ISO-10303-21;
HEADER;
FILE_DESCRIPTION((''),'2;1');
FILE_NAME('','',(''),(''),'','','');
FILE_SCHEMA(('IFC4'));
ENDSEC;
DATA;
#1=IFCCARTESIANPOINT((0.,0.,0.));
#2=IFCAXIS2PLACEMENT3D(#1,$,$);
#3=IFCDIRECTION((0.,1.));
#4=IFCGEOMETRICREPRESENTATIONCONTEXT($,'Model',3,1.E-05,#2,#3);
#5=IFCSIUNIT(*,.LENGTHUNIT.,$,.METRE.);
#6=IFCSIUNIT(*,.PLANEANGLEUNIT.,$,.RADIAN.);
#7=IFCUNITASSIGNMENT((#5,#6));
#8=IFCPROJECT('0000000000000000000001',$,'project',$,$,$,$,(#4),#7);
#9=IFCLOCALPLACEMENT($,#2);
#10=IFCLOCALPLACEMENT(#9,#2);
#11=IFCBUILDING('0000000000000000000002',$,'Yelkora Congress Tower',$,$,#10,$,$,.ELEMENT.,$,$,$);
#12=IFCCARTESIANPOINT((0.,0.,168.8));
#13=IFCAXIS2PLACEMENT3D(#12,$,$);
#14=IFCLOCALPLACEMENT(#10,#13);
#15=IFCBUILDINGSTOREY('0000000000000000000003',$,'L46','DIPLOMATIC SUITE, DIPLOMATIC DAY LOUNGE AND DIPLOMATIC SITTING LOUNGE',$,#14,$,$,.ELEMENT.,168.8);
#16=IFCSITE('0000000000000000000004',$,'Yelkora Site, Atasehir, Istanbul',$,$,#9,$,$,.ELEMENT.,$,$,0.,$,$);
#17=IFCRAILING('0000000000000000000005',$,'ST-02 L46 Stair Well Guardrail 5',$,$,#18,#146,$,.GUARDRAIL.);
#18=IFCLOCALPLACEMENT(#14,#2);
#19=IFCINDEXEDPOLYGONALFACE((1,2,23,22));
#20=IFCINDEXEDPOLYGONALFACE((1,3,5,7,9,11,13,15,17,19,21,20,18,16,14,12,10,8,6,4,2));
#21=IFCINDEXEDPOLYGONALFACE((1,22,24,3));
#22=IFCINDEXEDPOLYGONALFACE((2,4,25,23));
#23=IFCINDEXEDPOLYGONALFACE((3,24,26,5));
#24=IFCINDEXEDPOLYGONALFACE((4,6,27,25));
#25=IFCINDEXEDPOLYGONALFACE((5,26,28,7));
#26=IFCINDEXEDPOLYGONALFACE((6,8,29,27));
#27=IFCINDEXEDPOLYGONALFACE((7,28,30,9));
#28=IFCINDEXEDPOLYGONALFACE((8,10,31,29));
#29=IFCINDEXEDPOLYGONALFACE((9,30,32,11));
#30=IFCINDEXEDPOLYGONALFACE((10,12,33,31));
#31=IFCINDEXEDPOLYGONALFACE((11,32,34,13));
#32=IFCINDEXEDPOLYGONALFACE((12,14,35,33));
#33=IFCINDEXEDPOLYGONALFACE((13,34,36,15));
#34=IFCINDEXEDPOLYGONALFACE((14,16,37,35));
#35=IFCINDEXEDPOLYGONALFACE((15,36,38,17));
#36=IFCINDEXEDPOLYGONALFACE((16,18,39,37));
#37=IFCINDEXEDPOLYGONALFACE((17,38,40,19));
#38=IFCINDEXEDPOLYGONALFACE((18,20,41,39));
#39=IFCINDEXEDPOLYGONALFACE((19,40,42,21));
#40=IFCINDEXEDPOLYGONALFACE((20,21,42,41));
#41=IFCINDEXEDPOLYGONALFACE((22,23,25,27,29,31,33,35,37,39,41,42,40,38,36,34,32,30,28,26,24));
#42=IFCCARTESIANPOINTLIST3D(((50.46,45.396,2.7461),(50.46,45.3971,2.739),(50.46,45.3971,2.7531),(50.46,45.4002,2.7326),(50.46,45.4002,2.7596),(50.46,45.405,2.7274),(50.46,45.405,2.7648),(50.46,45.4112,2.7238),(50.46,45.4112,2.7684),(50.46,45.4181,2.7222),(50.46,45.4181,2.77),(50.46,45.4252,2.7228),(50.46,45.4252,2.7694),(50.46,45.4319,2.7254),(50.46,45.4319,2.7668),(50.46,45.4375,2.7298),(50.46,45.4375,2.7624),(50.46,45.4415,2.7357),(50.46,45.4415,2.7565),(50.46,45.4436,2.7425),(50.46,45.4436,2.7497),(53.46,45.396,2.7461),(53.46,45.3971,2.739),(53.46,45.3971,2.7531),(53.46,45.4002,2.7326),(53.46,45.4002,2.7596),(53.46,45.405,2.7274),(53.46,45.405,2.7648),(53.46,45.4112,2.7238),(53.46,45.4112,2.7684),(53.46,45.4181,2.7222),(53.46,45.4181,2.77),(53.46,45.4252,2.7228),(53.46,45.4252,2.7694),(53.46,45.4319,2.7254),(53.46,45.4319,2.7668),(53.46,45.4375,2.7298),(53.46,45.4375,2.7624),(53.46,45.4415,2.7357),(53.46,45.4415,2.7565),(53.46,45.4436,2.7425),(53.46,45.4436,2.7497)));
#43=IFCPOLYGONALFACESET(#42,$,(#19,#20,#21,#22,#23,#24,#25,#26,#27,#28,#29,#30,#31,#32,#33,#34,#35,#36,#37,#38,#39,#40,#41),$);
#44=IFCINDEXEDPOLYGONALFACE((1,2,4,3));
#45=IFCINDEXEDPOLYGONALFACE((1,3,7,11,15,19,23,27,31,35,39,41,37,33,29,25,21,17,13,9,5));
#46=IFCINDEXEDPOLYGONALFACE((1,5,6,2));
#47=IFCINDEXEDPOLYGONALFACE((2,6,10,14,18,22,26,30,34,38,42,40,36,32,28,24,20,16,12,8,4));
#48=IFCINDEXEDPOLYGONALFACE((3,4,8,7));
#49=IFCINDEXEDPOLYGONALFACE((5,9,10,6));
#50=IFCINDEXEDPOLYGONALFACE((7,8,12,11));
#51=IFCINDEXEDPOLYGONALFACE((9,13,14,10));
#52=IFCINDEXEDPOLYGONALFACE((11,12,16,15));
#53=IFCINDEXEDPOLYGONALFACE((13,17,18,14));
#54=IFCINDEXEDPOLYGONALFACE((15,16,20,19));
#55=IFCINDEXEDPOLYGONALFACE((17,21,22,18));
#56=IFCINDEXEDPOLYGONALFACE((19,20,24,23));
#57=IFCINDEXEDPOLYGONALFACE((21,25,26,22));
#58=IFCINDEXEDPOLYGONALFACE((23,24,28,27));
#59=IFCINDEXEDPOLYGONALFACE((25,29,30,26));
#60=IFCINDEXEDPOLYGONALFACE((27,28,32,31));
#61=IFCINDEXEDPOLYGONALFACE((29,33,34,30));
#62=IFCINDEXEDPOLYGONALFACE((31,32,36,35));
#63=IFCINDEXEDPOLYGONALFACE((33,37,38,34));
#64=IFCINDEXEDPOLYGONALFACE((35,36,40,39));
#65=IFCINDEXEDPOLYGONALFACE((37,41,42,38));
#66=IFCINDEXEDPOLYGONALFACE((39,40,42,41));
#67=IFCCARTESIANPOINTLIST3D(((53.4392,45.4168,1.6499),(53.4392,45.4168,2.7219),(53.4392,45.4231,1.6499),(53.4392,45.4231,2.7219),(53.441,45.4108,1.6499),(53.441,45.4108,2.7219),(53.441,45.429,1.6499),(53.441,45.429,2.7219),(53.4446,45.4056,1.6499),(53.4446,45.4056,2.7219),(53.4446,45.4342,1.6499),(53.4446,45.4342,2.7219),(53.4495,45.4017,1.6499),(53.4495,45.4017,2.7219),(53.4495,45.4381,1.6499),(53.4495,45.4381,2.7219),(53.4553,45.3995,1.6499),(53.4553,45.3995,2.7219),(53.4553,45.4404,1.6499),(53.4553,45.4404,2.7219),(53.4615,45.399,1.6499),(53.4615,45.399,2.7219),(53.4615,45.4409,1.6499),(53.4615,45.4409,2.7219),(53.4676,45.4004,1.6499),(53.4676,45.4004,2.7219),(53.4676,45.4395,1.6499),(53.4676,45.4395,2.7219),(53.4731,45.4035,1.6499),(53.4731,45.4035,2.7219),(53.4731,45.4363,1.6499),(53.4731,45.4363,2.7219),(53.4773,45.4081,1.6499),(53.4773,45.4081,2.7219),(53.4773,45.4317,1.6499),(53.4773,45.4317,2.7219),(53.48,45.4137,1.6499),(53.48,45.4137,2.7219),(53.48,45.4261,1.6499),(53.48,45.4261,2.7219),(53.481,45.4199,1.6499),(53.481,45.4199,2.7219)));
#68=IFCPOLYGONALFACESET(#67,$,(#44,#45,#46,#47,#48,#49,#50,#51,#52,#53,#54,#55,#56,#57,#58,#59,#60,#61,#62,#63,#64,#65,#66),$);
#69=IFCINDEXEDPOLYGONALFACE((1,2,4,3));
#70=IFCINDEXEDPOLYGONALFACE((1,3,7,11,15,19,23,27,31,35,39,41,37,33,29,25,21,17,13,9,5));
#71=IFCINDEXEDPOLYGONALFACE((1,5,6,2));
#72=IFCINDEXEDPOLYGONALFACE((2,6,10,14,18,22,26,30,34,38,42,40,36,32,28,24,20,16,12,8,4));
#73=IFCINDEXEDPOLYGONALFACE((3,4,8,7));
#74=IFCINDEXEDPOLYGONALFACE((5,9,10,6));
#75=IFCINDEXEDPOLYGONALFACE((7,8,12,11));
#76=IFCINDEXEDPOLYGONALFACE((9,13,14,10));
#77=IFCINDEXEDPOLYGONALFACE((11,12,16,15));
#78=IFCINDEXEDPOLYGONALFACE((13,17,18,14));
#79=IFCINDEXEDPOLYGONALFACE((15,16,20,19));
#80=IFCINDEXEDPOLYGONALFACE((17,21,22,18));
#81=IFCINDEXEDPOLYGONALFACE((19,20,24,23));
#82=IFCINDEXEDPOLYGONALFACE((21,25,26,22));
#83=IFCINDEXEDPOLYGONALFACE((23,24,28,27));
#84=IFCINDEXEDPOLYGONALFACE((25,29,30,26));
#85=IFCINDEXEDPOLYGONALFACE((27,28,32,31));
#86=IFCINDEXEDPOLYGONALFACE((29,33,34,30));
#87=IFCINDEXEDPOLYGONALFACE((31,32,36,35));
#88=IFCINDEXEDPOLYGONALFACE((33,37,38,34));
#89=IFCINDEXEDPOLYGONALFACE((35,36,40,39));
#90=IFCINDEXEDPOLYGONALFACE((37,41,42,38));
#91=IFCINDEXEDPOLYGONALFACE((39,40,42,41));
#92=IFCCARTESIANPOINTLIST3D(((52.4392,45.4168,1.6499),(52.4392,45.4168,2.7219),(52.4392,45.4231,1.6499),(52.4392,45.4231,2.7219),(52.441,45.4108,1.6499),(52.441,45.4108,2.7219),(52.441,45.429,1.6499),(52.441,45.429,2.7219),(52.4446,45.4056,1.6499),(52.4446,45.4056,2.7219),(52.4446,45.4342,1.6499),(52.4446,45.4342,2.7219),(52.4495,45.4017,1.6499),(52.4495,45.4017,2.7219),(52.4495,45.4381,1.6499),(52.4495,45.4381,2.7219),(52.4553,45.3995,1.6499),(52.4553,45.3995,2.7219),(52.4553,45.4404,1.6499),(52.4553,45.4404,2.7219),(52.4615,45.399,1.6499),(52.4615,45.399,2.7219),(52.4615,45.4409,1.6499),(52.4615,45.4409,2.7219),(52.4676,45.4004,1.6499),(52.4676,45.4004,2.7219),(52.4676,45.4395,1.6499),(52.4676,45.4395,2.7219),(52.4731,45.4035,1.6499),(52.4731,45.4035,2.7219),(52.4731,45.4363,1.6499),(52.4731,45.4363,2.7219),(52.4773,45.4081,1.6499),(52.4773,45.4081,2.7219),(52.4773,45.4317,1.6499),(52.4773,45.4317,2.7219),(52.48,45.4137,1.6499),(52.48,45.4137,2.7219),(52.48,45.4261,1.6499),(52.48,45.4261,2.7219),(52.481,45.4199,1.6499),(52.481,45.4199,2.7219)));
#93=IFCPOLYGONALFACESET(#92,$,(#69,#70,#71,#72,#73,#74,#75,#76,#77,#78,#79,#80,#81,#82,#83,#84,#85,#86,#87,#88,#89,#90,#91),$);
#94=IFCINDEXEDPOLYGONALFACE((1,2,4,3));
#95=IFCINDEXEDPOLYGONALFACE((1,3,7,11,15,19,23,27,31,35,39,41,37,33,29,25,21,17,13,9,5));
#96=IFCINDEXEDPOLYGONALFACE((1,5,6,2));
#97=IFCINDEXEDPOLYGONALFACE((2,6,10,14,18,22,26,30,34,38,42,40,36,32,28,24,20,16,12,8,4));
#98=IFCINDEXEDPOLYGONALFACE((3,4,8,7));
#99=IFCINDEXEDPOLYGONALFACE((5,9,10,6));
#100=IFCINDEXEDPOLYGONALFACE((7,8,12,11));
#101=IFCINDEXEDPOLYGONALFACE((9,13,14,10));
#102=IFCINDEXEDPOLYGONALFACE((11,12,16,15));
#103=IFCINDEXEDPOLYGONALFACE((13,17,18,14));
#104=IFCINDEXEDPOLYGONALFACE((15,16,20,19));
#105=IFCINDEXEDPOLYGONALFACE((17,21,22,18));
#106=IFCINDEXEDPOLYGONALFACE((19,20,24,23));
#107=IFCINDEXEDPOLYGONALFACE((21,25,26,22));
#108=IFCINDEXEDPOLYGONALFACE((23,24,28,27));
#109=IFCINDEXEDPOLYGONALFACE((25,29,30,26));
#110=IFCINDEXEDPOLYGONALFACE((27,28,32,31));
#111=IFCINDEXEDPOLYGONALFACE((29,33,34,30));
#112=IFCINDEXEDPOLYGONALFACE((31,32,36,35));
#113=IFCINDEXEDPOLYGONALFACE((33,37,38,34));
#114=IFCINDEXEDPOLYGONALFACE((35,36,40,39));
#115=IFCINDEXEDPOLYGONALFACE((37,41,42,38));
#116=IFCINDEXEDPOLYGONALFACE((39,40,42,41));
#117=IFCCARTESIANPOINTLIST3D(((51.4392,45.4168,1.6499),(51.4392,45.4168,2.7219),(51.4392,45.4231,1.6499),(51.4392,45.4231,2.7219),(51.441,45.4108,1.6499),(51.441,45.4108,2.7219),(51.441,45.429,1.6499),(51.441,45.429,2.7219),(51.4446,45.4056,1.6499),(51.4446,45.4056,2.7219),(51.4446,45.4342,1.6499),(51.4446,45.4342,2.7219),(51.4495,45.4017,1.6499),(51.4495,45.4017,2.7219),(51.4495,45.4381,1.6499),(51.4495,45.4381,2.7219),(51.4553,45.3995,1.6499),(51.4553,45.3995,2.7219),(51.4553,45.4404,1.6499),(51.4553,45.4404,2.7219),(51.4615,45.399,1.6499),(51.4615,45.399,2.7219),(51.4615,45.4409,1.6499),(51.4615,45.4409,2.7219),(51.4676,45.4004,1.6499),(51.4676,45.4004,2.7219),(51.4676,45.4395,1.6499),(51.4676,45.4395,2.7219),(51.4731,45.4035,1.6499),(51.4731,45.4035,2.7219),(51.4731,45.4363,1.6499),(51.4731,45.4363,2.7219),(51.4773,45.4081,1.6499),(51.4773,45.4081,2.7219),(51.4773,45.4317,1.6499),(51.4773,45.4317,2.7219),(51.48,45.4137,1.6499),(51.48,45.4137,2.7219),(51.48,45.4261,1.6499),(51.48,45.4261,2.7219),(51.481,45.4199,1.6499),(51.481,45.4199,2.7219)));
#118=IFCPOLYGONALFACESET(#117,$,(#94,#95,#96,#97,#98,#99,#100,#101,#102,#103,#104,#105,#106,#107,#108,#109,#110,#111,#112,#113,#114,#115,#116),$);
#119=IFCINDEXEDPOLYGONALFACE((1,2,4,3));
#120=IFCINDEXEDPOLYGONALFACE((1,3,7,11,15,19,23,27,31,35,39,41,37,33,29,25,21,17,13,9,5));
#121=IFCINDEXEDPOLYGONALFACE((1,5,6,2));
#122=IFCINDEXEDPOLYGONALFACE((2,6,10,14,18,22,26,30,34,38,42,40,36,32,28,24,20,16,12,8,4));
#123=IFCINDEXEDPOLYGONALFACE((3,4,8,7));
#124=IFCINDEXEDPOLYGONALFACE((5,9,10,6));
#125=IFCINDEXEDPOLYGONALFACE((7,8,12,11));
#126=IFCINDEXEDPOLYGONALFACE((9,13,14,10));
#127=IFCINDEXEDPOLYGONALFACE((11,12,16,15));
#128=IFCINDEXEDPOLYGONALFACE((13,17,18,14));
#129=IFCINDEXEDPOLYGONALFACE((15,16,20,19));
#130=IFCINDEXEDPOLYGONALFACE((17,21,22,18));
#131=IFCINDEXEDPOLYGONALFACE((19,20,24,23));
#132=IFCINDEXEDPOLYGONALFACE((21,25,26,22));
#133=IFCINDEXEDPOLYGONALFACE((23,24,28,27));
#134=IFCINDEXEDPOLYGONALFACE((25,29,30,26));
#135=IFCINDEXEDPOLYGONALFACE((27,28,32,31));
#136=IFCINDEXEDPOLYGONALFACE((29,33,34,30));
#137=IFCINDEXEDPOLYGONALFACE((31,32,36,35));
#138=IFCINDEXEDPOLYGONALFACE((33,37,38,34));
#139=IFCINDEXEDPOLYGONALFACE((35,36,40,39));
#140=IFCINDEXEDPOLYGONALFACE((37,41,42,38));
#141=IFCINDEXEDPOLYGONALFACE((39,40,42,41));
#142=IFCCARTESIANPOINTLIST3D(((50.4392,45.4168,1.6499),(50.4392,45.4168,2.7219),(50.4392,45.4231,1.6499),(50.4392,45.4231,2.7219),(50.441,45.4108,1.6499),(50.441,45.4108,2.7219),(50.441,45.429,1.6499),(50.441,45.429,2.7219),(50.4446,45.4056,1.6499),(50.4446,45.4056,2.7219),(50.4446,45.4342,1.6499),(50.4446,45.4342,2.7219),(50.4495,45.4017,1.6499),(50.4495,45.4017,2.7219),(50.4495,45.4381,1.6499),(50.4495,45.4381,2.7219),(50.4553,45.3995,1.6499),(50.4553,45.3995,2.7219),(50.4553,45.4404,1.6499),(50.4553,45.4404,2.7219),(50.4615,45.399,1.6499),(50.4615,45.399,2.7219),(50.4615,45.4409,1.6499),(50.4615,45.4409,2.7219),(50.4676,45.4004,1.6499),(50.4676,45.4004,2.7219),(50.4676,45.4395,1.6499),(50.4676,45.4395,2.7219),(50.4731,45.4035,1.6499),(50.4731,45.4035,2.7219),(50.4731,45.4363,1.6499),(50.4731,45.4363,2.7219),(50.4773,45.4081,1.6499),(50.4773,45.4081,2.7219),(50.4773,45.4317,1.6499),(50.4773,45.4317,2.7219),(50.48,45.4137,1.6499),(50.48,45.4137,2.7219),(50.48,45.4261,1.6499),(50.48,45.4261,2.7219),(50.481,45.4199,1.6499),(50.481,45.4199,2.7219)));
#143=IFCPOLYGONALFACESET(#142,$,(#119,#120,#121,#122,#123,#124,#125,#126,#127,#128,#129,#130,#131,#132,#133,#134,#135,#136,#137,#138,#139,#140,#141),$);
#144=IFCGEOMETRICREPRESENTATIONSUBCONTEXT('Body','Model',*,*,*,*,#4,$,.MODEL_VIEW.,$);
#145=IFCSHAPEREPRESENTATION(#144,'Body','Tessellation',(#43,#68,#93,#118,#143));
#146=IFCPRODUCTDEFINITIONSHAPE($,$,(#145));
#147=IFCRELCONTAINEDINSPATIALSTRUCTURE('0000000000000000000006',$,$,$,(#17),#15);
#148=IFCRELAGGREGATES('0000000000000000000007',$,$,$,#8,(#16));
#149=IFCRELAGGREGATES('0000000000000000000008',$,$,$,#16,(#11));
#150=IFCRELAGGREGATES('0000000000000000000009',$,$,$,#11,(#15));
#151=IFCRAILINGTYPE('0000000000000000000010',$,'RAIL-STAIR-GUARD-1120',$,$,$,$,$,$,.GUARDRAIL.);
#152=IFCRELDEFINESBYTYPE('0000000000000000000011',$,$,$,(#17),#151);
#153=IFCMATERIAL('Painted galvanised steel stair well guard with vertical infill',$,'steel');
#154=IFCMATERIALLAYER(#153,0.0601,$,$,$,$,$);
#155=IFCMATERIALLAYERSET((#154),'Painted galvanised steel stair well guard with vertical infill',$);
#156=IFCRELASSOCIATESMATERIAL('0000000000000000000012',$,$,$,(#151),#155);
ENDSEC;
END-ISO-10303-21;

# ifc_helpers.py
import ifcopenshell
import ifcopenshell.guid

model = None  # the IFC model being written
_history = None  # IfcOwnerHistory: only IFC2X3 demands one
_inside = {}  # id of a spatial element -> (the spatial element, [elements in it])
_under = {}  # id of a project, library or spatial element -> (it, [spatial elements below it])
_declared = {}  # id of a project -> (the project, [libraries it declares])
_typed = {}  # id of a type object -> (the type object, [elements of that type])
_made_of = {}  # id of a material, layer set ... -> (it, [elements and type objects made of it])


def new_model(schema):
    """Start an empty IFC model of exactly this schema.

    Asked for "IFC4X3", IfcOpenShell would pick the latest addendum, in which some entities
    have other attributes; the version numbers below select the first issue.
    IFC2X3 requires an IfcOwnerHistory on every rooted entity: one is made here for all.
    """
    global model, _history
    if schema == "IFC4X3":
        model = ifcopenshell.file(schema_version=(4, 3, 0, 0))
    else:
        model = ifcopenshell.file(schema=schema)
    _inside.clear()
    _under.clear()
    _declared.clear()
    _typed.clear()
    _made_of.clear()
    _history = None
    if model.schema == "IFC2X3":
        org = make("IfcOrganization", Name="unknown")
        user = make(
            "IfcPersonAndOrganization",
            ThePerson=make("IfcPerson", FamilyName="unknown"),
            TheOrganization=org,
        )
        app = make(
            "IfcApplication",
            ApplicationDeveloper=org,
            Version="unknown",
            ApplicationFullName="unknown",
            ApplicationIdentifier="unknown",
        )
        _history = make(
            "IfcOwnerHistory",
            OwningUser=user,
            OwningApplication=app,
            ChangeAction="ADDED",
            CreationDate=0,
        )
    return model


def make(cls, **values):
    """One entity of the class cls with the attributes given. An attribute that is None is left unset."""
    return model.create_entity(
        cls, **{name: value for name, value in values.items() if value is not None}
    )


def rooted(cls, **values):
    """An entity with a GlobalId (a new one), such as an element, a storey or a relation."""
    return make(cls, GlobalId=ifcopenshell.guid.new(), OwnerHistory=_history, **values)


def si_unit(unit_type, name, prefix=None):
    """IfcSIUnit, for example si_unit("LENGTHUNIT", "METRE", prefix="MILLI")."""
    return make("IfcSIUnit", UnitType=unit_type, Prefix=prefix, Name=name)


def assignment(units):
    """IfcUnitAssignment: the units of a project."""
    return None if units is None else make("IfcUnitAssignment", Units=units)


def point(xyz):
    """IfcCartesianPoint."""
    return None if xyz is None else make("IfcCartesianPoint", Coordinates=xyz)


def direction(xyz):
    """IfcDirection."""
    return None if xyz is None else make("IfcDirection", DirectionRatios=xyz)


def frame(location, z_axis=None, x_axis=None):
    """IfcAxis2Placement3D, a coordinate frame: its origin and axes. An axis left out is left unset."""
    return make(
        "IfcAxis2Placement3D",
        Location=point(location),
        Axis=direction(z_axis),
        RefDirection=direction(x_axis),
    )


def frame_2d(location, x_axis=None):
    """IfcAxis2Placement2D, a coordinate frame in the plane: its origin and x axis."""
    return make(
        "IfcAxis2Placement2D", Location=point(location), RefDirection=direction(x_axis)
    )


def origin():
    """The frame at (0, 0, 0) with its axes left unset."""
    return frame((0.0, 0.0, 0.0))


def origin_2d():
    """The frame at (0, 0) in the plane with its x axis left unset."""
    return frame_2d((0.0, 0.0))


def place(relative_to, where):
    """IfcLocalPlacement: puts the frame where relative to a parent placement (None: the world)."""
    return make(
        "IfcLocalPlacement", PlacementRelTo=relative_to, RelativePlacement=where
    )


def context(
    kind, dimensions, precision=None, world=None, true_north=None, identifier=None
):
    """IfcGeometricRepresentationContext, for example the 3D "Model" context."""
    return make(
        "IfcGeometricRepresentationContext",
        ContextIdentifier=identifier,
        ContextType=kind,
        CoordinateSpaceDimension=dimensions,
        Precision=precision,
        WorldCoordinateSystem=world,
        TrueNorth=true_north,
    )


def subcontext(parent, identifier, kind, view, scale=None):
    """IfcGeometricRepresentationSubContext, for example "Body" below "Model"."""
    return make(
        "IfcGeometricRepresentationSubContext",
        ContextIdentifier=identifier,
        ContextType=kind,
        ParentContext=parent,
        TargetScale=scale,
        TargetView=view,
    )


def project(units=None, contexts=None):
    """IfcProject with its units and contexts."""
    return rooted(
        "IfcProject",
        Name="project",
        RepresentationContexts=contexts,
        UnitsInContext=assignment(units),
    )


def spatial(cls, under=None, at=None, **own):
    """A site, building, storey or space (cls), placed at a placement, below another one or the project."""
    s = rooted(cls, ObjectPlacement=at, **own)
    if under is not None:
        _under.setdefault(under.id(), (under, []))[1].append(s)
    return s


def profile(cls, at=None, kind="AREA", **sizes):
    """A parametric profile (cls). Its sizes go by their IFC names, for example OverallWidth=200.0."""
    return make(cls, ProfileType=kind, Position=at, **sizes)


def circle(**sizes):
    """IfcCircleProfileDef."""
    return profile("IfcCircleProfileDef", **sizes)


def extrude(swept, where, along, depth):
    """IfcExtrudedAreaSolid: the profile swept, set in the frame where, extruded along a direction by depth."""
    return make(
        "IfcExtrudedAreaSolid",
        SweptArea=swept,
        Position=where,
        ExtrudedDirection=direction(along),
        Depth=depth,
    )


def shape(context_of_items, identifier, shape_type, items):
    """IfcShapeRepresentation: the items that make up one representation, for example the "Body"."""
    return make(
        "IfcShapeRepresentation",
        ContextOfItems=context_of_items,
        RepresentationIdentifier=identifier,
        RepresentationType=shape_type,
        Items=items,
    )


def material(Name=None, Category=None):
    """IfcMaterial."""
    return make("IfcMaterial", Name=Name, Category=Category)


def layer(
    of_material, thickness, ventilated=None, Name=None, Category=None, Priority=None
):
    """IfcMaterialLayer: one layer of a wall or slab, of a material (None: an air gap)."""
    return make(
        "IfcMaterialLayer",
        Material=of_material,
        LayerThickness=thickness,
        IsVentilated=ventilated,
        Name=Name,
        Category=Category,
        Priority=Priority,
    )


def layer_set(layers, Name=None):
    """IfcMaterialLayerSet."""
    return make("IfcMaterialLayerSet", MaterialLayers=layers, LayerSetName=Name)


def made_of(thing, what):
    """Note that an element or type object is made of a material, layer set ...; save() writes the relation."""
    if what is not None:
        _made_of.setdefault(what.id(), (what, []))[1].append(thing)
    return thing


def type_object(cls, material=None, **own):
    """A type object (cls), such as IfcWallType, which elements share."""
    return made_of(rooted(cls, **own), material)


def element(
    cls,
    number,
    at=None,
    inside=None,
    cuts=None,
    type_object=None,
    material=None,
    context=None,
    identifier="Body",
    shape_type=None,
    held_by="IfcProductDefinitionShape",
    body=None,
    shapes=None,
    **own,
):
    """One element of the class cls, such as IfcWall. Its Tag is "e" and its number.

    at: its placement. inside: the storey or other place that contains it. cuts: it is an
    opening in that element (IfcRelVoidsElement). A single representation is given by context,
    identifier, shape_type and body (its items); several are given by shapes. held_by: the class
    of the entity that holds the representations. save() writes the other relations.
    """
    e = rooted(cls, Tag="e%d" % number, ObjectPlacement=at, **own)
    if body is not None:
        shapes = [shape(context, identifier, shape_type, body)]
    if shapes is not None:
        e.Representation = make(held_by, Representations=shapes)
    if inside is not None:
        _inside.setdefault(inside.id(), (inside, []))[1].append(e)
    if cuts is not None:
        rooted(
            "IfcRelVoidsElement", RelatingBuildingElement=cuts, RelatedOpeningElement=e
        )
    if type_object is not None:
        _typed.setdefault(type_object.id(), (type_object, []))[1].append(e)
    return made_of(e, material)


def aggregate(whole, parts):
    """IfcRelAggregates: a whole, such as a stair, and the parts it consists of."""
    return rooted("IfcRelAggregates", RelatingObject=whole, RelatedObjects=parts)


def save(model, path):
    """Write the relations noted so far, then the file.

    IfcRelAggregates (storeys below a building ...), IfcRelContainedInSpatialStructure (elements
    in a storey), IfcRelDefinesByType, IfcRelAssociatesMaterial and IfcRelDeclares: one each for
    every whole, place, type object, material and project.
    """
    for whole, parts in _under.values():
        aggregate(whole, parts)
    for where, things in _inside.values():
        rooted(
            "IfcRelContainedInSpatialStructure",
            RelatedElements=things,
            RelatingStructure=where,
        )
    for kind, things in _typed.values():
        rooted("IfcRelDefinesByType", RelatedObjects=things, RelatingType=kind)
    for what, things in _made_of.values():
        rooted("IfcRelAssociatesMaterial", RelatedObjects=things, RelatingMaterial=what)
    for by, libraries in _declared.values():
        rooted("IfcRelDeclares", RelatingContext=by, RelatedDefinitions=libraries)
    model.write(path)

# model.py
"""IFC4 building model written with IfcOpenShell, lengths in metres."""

from ifc_helpers import new_model, si_unit, direction, frame, origin, origin_2d, place, context, subcontext, project, spatial, circle, extrude, material, layer, layer_set, type_object, element, save


model = new_model("IFC4")

# Units and contexts
model_context = context("Model", 3, precision=1e-05, world=origin(), true_north=direction((0.0, 1.0)))
body_context = subcontext(model_context, "Body", "Model", "MODEL_VIEW")
ifc_project = project(units=[si_unit("LENGTHUNIT", "METRE"), si_unit("PLANEANGLEUNIT", "RADIAN")], contexts=[model_context])

# Site, building, storey
site_placement = place(None, origin())
site = spatial("IfcSite", under=ifc_project, at=site_placement, Name="Yelkora Site, Atasehir, Istanbul", CompositionType="ELEMENT", RefElevation=0.0)
building_placement = place(site_placement, origin())
building = spatial("IfcBuilding", under=site, at=building_placement, Name="Yelkora Congress Tower", CompositionType="ELEMENT")
storey_placement = place(building_placement, frame((0.0, 0.0, 168.8)))
storey = spatial("IfcBuildingStorey", under=building, at=storey_placement, Name="L46", Description="DIPLOMATIC SUITE, DIPLOMATIC DAY LOUNGE AND DIPLOMATIC SITTING LOUNGE", CompositionType="ELEMENT", Elevation=168.8)

# Railing
ifc_material_1 = material(Name="Painted galvanised steel stair well guard with vertical infill", Category="steel")
ifc_layer_1 = layer(ifc_material_1, 0.0601)
ifc_layer_set_1 = layer_set([ifc_layer_1], Name="Painted galvanised steel stair well guard with vertical infill")
railing_type = type_object("IfcRailingType", Name="RAIL-STAIR-GUARD-1120", PredefinedType="GUARDRAIL", material=ifc_layer_set_1)
railing_1_placement = place(storey_placement, frame((53.46, 45.4199, 1.6499)))
element("IfcRailing", 1, at=railing_1_placement, inside=storey, type_object=railing_type, Name="ST-02 L46 Stair Well Guardrail 5", PredefinedType="GUARDRAIL", context=body_context, shape_type="SweptSolid", body=[
    extrude(circle(Radius=0.0239, at=origin_2d()), frame((0.0, 0.0, 1.0962), z_axis=(-1.0, 0.0, 0.0), x_axis=(0.0, -1.0, 0.0)), (0.0, 0.0, 1.0), 3.0),
    extrude(circle(Radius=0.021, at=origin_2d()), origin(), (0.0, 0.0, 1.0), 1.072),
    extrude(circle(Radius=0.021, at=origin_2d()), frame((-1.0, 0.0, 0.0)), (0.0, 0.0, 1.0), 1.072),
    extrude(circle(Radius=0.021, at=origin_2d()), frame((-2.0, 0.0, 0.0)), (0.0, 0.0, 1.0), 1.072),
    extrude(circle(Radius=0.021, at=origin_2d()), frame((-3.0, 0.0, 0.0)), (0.0, 0.0, 1.0), 1.072),
])

save(model, "model.ifc")
